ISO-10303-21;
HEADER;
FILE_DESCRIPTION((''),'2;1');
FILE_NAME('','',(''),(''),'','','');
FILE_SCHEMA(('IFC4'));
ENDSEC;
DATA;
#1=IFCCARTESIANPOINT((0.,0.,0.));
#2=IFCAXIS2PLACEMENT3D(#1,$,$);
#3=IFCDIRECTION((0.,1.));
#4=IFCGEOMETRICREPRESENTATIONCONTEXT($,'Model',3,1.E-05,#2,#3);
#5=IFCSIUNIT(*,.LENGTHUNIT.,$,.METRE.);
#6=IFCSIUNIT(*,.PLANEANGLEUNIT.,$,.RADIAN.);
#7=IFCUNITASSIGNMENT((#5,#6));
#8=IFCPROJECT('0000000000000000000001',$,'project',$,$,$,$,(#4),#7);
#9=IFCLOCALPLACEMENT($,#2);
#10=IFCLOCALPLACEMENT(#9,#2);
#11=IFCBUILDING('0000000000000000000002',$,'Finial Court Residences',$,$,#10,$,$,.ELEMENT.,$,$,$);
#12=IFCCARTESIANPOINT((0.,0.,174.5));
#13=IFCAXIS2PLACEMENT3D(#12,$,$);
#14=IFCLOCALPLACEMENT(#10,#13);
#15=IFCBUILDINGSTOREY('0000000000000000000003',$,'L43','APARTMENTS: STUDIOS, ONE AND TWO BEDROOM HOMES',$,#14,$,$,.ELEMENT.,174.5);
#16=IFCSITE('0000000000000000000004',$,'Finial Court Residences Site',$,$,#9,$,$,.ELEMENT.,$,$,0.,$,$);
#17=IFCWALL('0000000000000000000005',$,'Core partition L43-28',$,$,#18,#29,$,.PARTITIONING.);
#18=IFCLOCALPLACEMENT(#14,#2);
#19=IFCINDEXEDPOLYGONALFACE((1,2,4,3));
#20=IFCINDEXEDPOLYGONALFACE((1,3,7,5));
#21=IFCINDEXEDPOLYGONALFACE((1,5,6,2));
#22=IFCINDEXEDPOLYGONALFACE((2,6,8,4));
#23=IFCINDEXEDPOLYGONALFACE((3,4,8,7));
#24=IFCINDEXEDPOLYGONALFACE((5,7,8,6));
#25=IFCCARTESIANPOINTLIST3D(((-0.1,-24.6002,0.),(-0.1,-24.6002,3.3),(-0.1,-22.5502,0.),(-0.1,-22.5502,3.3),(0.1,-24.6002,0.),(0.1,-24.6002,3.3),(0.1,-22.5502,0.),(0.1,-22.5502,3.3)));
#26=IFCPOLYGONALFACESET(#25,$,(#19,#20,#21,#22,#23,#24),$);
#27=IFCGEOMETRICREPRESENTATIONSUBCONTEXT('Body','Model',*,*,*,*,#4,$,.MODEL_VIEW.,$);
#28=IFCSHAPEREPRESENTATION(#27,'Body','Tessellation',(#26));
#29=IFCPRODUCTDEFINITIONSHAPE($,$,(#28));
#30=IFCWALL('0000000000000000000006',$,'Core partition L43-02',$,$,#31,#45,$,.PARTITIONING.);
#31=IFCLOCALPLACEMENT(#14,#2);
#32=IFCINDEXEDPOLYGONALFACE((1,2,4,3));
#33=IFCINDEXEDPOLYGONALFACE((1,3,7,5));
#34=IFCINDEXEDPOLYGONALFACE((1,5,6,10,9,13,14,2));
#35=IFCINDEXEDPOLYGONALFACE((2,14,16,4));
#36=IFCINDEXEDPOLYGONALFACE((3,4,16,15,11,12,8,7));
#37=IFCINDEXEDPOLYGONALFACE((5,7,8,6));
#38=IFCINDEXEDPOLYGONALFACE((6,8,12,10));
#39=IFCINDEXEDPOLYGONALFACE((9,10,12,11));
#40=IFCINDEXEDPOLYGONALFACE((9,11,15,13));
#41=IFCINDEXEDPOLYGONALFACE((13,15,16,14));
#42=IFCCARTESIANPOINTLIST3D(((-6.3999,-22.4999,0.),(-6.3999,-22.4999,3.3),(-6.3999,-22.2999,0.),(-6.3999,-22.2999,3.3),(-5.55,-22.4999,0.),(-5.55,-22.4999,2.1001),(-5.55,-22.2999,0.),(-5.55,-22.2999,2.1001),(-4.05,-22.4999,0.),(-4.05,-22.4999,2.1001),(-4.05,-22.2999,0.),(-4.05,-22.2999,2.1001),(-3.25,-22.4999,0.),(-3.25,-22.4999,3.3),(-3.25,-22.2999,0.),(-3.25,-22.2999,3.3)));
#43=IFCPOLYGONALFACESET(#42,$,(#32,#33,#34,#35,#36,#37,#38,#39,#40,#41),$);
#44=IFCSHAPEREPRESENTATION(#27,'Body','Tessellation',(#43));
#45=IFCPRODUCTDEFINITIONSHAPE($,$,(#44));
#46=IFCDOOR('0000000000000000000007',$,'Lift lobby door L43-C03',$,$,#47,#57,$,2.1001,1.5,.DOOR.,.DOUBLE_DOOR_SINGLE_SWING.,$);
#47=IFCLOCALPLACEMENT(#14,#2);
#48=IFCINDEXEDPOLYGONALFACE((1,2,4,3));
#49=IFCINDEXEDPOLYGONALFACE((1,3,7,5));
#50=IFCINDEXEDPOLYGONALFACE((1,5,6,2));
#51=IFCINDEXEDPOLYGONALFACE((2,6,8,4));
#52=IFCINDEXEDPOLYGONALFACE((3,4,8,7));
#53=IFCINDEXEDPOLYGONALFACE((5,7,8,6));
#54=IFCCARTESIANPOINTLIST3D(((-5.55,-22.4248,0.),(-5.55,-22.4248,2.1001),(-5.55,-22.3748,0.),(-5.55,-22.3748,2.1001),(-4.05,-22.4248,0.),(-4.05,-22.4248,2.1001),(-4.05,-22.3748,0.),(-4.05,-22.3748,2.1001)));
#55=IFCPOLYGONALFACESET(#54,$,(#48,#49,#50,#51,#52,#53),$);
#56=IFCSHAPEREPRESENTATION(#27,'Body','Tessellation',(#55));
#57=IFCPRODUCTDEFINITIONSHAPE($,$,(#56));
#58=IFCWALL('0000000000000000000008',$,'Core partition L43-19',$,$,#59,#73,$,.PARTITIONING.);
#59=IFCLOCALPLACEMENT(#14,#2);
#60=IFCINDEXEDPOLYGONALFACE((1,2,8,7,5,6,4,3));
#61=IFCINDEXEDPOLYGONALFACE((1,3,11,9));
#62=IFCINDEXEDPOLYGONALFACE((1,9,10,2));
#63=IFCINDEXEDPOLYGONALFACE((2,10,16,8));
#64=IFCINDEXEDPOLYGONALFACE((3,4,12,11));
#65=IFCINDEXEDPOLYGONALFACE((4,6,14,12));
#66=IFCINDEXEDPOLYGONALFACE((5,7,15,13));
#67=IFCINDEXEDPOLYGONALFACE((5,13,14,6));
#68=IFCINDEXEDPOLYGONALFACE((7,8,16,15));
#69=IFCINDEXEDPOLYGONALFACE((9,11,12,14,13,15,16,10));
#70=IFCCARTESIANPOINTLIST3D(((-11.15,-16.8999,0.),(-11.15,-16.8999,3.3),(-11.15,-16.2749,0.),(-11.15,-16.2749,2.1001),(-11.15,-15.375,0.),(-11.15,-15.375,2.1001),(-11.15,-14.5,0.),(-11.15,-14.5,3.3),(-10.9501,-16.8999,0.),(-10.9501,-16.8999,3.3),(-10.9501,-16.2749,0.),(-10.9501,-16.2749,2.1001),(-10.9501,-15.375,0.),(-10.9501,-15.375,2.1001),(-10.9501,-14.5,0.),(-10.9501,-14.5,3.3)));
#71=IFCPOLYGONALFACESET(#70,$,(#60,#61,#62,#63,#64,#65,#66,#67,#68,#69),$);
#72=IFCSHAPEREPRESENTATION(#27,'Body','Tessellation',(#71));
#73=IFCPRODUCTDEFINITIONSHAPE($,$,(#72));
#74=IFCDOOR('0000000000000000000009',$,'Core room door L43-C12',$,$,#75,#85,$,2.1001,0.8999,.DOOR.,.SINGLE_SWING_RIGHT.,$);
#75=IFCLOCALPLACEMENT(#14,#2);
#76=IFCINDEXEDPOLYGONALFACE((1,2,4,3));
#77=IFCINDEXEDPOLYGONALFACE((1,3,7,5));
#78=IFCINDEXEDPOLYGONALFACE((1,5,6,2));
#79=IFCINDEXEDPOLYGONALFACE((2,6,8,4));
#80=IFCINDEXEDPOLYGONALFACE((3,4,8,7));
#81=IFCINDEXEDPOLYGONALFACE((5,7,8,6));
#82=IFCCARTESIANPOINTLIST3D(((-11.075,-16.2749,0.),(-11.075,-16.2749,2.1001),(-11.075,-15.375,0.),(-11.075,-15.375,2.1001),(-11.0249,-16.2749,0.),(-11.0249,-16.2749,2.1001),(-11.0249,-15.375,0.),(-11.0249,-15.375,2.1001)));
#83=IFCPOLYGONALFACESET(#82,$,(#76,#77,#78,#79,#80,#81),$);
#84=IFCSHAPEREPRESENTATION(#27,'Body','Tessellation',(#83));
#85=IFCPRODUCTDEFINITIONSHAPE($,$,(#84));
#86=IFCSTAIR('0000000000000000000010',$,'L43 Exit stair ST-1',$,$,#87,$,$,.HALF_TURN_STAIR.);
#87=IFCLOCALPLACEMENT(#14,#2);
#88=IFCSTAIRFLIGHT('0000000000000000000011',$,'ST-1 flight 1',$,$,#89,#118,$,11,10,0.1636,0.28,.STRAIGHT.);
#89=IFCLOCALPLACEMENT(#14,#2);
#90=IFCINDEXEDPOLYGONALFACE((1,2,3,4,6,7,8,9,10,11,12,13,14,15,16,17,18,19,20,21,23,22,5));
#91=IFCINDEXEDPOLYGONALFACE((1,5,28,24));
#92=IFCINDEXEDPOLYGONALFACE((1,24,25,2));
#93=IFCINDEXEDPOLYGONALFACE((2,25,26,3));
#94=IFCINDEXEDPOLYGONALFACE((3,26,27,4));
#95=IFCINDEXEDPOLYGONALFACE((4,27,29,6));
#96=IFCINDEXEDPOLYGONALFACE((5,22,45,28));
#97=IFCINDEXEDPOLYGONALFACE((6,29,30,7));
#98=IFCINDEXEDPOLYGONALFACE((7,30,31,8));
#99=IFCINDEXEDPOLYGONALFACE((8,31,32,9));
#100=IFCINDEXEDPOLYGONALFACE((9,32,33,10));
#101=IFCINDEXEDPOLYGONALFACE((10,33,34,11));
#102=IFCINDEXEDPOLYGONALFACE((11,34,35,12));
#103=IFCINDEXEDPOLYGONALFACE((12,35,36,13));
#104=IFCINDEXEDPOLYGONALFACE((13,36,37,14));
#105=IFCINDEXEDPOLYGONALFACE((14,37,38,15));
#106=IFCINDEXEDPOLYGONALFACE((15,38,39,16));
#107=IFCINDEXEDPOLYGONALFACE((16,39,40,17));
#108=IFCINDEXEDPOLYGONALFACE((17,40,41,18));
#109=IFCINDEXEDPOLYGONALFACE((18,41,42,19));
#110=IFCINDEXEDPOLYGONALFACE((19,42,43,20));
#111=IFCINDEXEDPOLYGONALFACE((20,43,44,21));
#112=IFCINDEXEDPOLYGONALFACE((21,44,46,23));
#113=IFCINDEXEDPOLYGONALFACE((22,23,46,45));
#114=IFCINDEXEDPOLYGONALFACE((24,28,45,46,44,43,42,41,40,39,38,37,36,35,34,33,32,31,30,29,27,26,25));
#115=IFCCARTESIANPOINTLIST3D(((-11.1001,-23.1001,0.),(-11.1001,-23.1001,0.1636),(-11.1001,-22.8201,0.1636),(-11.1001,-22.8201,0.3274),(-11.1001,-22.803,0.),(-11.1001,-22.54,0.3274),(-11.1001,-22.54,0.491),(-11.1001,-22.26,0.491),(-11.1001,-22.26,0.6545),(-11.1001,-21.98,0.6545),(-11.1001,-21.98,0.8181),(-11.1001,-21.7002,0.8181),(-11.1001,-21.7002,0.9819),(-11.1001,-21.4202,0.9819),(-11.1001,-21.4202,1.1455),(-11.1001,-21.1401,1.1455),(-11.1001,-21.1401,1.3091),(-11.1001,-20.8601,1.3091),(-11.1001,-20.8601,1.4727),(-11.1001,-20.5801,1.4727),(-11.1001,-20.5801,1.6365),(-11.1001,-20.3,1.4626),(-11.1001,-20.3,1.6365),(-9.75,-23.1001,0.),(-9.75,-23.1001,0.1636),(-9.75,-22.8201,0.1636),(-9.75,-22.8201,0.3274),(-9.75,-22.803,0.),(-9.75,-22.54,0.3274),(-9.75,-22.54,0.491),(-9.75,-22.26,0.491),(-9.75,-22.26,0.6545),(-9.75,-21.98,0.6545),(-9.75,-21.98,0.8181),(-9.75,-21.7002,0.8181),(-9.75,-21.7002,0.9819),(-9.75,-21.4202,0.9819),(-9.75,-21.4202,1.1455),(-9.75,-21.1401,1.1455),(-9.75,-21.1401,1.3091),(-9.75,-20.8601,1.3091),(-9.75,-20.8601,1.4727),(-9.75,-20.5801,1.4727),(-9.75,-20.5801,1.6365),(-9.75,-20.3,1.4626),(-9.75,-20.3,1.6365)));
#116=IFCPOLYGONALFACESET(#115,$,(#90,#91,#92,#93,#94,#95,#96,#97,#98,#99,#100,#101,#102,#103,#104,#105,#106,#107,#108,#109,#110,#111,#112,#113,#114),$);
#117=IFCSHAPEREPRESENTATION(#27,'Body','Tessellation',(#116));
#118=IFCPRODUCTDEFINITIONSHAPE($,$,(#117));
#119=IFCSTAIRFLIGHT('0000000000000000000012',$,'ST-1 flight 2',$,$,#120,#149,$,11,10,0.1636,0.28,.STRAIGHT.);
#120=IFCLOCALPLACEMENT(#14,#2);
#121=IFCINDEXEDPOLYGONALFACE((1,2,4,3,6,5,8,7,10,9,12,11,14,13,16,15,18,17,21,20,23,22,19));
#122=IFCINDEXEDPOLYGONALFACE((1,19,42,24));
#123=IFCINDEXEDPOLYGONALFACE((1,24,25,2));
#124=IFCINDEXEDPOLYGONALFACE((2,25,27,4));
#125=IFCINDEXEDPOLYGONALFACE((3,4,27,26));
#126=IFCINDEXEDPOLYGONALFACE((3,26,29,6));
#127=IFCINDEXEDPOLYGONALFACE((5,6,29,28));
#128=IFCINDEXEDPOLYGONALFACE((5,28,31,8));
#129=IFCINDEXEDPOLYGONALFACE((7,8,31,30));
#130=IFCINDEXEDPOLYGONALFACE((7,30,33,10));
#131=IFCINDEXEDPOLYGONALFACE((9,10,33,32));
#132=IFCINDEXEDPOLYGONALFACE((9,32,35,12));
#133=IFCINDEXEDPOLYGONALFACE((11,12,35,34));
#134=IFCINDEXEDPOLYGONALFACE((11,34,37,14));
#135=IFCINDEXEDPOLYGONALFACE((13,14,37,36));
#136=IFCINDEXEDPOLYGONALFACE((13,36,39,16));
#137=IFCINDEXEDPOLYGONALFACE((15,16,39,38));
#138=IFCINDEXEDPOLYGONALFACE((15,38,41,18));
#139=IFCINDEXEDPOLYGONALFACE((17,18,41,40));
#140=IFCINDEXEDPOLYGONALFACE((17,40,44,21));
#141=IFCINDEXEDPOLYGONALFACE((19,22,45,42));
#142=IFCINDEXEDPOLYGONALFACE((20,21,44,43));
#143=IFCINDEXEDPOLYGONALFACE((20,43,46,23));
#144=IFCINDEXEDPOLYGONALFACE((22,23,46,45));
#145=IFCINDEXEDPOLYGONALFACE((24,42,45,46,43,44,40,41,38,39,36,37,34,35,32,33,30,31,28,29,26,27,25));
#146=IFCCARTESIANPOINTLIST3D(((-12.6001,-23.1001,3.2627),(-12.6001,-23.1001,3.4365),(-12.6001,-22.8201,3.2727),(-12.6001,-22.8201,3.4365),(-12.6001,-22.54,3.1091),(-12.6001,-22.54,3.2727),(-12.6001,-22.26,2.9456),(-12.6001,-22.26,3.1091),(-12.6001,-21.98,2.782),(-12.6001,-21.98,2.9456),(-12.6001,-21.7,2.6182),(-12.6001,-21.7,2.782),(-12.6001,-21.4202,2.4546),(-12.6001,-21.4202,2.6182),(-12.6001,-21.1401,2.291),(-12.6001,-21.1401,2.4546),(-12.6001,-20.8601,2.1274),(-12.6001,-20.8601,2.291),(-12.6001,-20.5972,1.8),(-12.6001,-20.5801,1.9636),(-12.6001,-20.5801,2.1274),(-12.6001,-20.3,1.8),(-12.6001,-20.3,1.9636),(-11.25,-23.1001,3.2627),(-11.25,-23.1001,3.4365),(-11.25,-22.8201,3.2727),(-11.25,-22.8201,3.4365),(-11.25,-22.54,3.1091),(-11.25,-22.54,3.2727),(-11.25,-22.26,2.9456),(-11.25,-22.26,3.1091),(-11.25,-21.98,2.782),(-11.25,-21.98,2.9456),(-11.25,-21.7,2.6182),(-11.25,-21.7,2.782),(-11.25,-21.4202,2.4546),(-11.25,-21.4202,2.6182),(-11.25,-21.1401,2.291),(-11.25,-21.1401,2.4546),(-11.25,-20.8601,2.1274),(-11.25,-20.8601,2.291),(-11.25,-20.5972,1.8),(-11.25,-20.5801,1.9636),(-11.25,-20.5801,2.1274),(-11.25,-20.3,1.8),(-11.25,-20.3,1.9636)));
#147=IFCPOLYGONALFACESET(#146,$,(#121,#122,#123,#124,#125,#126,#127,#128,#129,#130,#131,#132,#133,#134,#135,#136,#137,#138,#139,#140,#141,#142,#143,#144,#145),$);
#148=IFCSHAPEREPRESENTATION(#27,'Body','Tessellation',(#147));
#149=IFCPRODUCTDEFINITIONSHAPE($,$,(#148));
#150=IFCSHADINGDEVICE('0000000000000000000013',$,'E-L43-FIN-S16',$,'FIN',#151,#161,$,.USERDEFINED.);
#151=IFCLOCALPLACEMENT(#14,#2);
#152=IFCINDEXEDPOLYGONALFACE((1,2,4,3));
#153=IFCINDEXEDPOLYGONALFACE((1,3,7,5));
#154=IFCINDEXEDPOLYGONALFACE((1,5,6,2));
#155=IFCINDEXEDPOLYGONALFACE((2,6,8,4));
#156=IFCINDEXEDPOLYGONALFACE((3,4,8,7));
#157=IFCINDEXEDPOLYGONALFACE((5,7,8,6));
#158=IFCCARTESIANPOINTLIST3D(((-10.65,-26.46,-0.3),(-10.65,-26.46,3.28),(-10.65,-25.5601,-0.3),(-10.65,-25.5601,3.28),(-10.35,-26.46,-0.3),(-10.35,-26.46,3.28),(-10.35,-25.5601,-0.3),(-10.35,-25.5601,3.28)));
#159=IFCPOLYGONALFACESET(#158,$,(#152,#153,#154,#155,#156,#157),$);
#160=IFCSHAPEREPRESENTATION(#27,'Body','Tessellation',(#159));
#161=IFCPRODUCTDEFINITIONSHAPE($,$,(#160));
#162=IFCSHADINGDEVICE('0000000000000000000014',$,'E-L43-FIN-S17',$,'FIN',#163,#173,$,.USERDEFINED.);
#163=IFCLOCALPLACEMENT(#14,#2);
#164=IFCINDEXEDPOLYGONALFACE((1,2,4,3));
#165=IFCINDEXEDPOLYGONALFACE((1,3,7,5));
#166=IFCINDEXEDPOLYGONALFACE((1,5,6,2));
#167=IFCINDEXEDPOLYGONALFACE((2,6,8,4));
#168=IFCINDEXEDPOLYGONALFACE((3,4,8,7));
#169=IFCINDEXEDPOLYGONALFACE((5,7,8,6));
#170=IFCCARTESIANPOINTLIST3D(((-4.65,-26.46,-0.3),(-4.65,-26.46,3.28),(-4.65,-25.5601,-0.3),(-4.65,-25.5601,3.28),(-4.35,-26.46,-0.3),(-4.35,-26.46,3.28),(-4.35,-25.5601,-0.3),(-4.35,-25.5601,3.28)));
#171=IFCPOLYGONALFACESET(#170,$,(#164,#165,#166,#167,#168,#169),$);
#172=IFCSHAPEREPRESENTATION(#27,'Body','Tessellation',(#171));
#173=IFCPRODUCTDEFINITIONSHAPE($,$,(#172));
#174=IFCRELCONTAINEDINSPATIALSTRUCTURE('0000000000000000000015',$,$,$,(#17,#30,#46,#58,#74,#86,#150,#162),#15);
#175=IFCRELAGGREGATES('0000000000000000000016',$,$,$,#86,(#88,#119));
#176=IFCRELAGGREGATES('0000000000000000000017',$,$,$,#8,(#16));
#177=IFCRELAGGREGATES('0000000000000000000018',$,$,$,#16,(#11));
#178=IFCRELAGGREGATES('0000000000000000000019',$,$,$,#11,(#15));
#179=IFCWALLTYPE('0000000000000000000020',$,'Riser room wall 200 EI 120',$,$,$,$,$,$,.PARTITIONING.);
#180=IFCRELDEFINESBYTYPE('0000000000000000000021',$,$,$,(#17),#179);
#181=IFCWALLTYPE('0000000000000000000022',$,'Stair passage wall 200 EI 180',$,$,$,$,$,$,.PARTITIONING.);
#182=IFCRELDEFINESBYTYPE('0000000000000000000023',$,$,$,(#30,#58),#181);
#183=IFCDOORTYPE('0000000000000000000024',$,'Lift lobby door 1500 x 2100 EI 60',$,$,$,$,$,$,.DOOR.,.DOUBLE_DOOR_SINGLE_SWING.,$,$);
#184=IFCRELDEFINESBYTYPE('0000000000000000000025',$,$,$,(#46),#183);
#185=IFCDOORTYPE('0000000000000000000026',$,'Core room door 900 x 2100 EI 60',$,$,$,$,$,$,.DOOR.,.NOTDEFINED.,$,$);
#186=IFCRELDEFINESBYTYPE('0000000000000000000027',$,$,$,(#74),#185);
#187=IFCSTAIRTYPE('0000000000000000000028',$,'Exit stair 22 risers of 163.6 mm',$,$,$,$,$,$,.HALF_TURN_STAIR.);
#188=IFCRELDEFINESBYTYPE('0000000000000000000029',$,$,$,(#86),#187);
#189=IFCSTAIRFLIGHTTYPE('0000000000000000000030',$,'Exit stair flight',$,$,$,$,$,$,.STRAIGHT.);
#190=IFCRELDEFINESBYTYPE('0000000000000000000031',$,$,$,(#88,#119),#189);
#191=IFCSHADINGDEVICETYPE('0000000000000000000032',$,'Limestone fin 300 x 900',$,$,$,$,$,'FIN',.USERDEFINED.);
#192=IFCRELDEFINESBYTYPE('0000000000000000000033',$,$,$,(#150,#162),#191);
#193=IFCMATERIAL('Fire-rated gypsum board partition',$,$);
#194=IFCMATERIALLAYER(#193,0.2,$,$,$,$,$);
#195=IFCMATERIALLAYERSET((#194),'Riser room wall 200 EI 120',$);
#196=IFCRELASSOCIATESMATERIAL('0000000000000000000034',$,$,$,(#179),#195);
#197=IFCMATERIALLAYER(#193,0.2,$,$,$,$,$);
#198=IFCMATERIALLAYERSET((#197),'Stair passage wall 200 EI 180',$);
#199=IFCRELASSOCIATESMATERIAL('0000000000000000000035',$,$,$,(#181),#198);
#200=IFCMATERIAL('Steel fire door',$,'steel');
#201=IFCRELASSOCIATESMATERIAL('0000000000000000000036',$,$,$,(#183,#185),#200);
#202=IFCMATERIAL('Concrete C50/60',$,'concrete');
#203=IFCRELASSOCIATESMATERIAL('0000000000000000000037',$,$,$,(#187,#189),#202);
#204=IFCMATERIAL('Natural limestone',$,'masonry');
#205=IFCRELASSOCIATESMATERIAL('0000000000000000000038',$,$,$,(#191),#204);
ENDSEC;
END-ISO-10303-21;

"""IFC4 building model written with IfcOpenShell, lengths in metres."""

from ifc_helpers import new_model, si_unit, direction, frame, frame_2d, origin, origin_2d, place, context, subcontext, project, spatial, polyline, rectangle, outline, extrude, material, layer, layer_set, type_object, element, fill, aggregate, save


model = new_model("IFC4")

# Units and contexts
model_context = context("Model", 3, precision=1e-05, world=origin(), true_north=direction((0.0, 1.0)))
body_context = subcontext(model_context, "Body", "Model", "MODEL_VIEW")
ifc_project = project(units=[si_unit("LENGTHUNIT", "METRE"), si_unit("PLANEANGLEUNIT", "RADIAN")], contexts=[model_context])

# Site, building, storey
site_placement = place(None, origin())
site = spatial("IfcSite", under=ifc_project, at=site_placement, Name="Finial Court Residences Site", CompositionType="ELEMENT", RefElevation=0.0)
building_placement = place(site_placement, origin())
building = spatial("IfcBuilding", under=site, at=building_placement, Name="Finial Court Residences", CompositionType="ELEMENT")
storey_placement = place(building_placement, frame((0.0, 0.0, 174.5)))
storey = spatial("IfcBuildingStorey", under=building, at=storey_placement, Name="L43", Description="APARTMENTS: STUDIOS, ONE AND TWO BEDROOM HOMES", CompositionType="ELEMENT", Elevation=174.5)

# Shared definitions
ifc_material_1 = material(Name="Steel fire door", Category="steel")

# Shared definitions
ifc_material_2 = material(Name="Fire-rated gypsum board partition")
ifc_layer_1 = layer(ifc_material_2, 0.2)
ifc_layer_set_1 = layer_set([ifc_layer_1], Name="Riser room wall 200 EI 120")
wall_type_1 = type_object("IfcWallType", Name="Riser room wall 200 EI 120", PredefinedType="PARTITIONING", material=ifc_layer_set_1)

# Wall
wall_1_placement = place(storey_placement, frame((0.0, -24.6001, 0.0), z_axis=(0.0, 0.0, 1.0), x_axis=(0.0, 1.0, 0.0)))
element("IfcWall", 1, at=wall_1_placement, inside=storey, type_object=wall_type_1, Name="Core partition L43-28", PredefinedType="PARTITIONING", context=body_context, shape_type="SweptSolid", body=[
    extrude(rectangle(XDim=2.05, YDim=0.2, at=frame_2d((1.0249, 0.0))), origin(), (0.0, 0.0, 1.0), 3.3),
])

# Walls, openings, doors
ifc_layer_2 = layer(ifc_material_2, 0.2)
ifc_layer_set_2 = layer_set([ifc_layer_2], Name="Stair passage wall 200 EI 180")
wall_type_2 = type_object("IfcWallType", Name="Stair passage wall 200 EI 180", PredefinedType="PARTITIONING", material=ifc_layer_set_2)
wall_2_placement = place(storey_placement, frame((-3.25, -22.3999, 0.0), z_axis=(0.0, 0.0, 1.0), x_axis=(-1.0, 0.0, 0.0)))
wall_2 = element("IfcWall", 2, at=wall_2_placement, inside=storey, type_object=wall_type_2, Name="Core partition L43-02", PredefinedType="PARTITIONING", context=body_context, shape_type="SweptSolid", body=[
    extrude(rectangle(XDim=3.1499, YDim=0.2, at=frame_2d((1.575, 0.0))), origin(), (0.0, 0.0, 1.0), 3.3),
])
opening_1_placement = place(wall_2_placement, frame((0.8, 0.0, 0.0)))
opening_1 = element("IfcOpeningElement", 3, at=opening_1_placement, cuts=wall_2, PredefinedType="OPENING", context=body_context, shape_type="SweptSolid", body=[
    extrude(rectangle(XDim=1.5, YDim=2.1001, at=frame_2d((0.75, 1.05))), frame((0.0, 0.1099, 0.0), z_axis=(0.0, -1.0, 0.0), x_axis=(1.0, 0.0, 0.0)), (0.0, 0.0, 1.0), 0.22),
])
door_type_1 = type_object("IfcDoorType", Name="Lift lobby door 1500 x 2100 EI 60", OperationType="DOUBLE_DOOR_SINGLE_SWING", PredefinedType="DOOR", material=ifc_material_1)
door_1_placement = place(opening_1_placement, origin())
door_1 = element("IfcDoor", 4, at=door_1_placement, inside=storey, type_object=door_type_1, Name="Lift lobby door L43-C03", OperationType="DOUBLE_DOOR_SINGLE_SWING", OverallHeight=2.1001, OverallWidth=1.5, PredefinedType="DOOR", context=body_context, shape_type="SweptSolid", body=[
    extrude(rectangle(XDim=1.5, YDim=2.1001, at=frame_2d((0.75, 1.05))), frame((0.0, 0.0249, 0.0), z_axis=(0.0, -1.0, 0.0), x_axis=(1.0, 0.0, 0.0)), (0.0, 0.0, 1.0), 0.05),
])
fill(opening_1, door_1)
wall_3_placement = place(storey_placement, frame((-11.05, -16.8999, 0.0), z_axis=(0.0, 0.0, 1.0), x_axis=(0.0, 1.0, 0.0)))
wall_3 = element("IfcWall", 5, at=wall_3_placement, inside=storey, type_object=wall_type_2, Name="Core partition L43-19", PredefinedType="PARTITIONING", context=body_context, shape_type="SweptSolid", body=[
    extrude(rectangle(XDim=2.3999, YDim=0.2, at=frame_2d((1.2, 0.0))), origin(), (0.0, 0.0, 1.0), 3.3),
])
opening_2_placement = place(wall_3_placement, frame((0.625, 0.0, 0.0)))
opening_2 = element("IfcOpeningElement", 6, at=opening_2_placement, cuts=wall_3, PredefinedType="OPENING", context=body_context, shape_type="SweptSolid", body=[
    extrude(rectangle(XDim=0.8999, YDim=2.1001, at=frame_2d((0.45, 1.05))), frame((0.0, 0.1099, 0.0), z_axis=(0.0, -1.0, 0.0), x_axis=(1.0, 0.0, 0.0)), (0.0, 0.0, 1.0), 0.22),
])
door_type_2 = type_object("IfcDoorType", Name="Core room door 900 x 2100 EI 60", OperationType="NOTDEFINED", PredefinedType="DOOR", material=ifc_material_1)
door_2_placement = place(opening_2_placement, origin())
door_2 = element("IfcDoor", 7, at=door_2_placement, inside=storey, type_object=door_type_2, Name="Core room door L43-C12", OperationType="SINGLE_SWING_RIGHT", OverallHeight=2.1001, OverallWidth=0.8999, PredefinedType="DOOR", context=body_context, shape_type="SweptSolid", body=[
    extrude(rectangle(XDim=0.8999, YDim=2.1001, at=frame_2d((0.45, 1.05))), frame((0.0, 0.0249, 0.0), z_axis=(0.0, -1.0, 0.0), x_axis=(1.0, 0.0, 0.0)), (0.0, 0.0, 1.0), 0.05),
])
fill(opening_2, door_2)

# Stair, stair flights
ifc_material_3 = material(Name="Concrete C50/60", Category="concrete")
stair_type = type_object("IfcStairType", Name="Exit stair 22 risers of 163.6 mm", PredefinedType="HALF_TURN_STAIR", material=ifc_material_3)
stair_placement = place(storey_placement, origin())
stair = element("IfcStair", 8, at=stair_placement, inside=storey, type_object=stair_type, Name="L43 Exit stair ST-1", PredefinedType="HALF_TURN_STAIR")
stair_flight_type = type_object("IfcStairFlightType", Name="Exit stair flight", PredefinedType="STRAIGHT", material=ifc_material_3)
stair_flight_1_placement = place(storey_placement, frame((-10.425, -23.1001, 0.0), z_axis=(0.0, 0.0, 1.0), x_axis=(0.0, 1.0, 0.0)))
stair_flight_1 = element("IfcStairFlight", 9, at=stair_flight_1_placement, type_object=stair_flight_type, Name="ST-1 flight 1", NumberOfRisers=11, NumberOfTreads=10, PredefinedType="STRAIGHT", RiserHeight=0.1636, TreadLength=0.28, context=body_context, shape_type="SweptSolid", body=[
    extrude(outline(polyline([(0.0, 0.0), (0.0, 0.1636), (0.28, 0.1636), (0.28, 0.3274), (0.5601, 0.3274), (0.5601, 0.491), (0.8401, 0.491), (0.8401, 0.6545), (1.1201, 0.6545), (1.1201, 0.8181), (1.3999, 0.8181), (1.3999, 0.9819), (1.6799, 0.9819), (1.6799, 1.1455), (1.96, 1.1455), (1.96, 1.3091), (2.24, 1.3091), (2.24, 1.4727), (2.52, 1.4727), (2.52, 1.6365), (2.8, 1.6365), (2.8, 1.8), (2.8, 1.4626), (0.2971, 0.0), (0.0, 0.0)])), frame((0.0, 0.675, 0.0), z_axis=(0.0, -1.0, 0.0), x_axis=(1.0, 0.0, 0.0)), (0.0, 0.0, 1.0), 1.3501),
])
stair_flight_2_placement = place(storey_placement, frame((-11.925, -20.3, 1.8), z_axis=(0.0, 0.0, 1.0), x_axis=(0.0, -1.0, 0.0)))
stair_flight_2 = element("IfcStairFlight", 10, at=stair_flight_2_placement, type_object=stair_flight_type, Name="ST-1 flight 2", NumberOfRisers=11, NumberOfTreads=10, PredefinedType="STRAIGHT", RiserHeight=0.1636, TreadLength=0.28, context=body_context, shape_type="SweptSolid", body=[
    extrude(outline(polyline([(0.0, 0.0), (0.0, 0.1636), (0.28, 0.1636), (0.28, 0.3274), (0.5601, 0.3274), (0.5601, 0.491), (0.8401, 0.491), (0.8401, 0.6545), (1.1201, 0.6545), (1.1201, 0.8181), (1.3999, 0.8181), (1.3999, 0.9819), (1.6799, 0.9819), (1.6799, 1.1455), (1.96, 1.1455), (1.96, 1.3091), (2.24, 1.3091), (2.24, 1.4727), (2.52, 1.4727), (2.52, 1.6365), (2.8, 1.6365), (2.8, 1.8), (2.8, 1.4626), (0.2971, 0.0), (0.0, 0.0)])), frame((0.0, 0.675, 0.0), z_axis=(0.0, -1.0, 0.0), x_axis=(1.0, 0.0, 0.0)), (0.0, 0.0, 1.0), 1.3501),
])
aggregate(stair, [stair_flight_1, stair_flight_2])

# Shading devices
ifc_material_4 = material(Name="Natural limestone", Category="masonry")
shading_device_type = type_object("IfcShadingDeviceType", Name="Limestone fin 300 x 900", ElementType="FIN", PredefinedType="USERDEFINED", material=ifc_material_4)
for number, where, z_axis, x_axis, name in (
    (11, (-10.5, -26.01, -0.3), (0.0, 0.0, 1.0), (1.0, 0.0, 0.0), "E-L43-FIN-S16"),
    (12, (-4.5, -26.01, -0.3), (0.0, 0.0, 1.0), (1.0, 0.0, 0.0), "E-L43-FIN-S17"),
):
    element("IfcShadingDevice", number, at=place(storey_placement, frame(where, z_axis=z_axis, x_axis=x_axis)), inside=storey, type_object=shading_device_type, Name=name, ObjectType="FIN", PredefinedType="USERDEFINED", context=body_context, shape_type="SweptSolid", body=[
        extrude(rectangle(XDim=0.3, YDim=0.8999, at=origin_2d()), origin(), (0.0, 0.0, 1.0), 3.5801),
    ])

save(model, "model.ifc")
